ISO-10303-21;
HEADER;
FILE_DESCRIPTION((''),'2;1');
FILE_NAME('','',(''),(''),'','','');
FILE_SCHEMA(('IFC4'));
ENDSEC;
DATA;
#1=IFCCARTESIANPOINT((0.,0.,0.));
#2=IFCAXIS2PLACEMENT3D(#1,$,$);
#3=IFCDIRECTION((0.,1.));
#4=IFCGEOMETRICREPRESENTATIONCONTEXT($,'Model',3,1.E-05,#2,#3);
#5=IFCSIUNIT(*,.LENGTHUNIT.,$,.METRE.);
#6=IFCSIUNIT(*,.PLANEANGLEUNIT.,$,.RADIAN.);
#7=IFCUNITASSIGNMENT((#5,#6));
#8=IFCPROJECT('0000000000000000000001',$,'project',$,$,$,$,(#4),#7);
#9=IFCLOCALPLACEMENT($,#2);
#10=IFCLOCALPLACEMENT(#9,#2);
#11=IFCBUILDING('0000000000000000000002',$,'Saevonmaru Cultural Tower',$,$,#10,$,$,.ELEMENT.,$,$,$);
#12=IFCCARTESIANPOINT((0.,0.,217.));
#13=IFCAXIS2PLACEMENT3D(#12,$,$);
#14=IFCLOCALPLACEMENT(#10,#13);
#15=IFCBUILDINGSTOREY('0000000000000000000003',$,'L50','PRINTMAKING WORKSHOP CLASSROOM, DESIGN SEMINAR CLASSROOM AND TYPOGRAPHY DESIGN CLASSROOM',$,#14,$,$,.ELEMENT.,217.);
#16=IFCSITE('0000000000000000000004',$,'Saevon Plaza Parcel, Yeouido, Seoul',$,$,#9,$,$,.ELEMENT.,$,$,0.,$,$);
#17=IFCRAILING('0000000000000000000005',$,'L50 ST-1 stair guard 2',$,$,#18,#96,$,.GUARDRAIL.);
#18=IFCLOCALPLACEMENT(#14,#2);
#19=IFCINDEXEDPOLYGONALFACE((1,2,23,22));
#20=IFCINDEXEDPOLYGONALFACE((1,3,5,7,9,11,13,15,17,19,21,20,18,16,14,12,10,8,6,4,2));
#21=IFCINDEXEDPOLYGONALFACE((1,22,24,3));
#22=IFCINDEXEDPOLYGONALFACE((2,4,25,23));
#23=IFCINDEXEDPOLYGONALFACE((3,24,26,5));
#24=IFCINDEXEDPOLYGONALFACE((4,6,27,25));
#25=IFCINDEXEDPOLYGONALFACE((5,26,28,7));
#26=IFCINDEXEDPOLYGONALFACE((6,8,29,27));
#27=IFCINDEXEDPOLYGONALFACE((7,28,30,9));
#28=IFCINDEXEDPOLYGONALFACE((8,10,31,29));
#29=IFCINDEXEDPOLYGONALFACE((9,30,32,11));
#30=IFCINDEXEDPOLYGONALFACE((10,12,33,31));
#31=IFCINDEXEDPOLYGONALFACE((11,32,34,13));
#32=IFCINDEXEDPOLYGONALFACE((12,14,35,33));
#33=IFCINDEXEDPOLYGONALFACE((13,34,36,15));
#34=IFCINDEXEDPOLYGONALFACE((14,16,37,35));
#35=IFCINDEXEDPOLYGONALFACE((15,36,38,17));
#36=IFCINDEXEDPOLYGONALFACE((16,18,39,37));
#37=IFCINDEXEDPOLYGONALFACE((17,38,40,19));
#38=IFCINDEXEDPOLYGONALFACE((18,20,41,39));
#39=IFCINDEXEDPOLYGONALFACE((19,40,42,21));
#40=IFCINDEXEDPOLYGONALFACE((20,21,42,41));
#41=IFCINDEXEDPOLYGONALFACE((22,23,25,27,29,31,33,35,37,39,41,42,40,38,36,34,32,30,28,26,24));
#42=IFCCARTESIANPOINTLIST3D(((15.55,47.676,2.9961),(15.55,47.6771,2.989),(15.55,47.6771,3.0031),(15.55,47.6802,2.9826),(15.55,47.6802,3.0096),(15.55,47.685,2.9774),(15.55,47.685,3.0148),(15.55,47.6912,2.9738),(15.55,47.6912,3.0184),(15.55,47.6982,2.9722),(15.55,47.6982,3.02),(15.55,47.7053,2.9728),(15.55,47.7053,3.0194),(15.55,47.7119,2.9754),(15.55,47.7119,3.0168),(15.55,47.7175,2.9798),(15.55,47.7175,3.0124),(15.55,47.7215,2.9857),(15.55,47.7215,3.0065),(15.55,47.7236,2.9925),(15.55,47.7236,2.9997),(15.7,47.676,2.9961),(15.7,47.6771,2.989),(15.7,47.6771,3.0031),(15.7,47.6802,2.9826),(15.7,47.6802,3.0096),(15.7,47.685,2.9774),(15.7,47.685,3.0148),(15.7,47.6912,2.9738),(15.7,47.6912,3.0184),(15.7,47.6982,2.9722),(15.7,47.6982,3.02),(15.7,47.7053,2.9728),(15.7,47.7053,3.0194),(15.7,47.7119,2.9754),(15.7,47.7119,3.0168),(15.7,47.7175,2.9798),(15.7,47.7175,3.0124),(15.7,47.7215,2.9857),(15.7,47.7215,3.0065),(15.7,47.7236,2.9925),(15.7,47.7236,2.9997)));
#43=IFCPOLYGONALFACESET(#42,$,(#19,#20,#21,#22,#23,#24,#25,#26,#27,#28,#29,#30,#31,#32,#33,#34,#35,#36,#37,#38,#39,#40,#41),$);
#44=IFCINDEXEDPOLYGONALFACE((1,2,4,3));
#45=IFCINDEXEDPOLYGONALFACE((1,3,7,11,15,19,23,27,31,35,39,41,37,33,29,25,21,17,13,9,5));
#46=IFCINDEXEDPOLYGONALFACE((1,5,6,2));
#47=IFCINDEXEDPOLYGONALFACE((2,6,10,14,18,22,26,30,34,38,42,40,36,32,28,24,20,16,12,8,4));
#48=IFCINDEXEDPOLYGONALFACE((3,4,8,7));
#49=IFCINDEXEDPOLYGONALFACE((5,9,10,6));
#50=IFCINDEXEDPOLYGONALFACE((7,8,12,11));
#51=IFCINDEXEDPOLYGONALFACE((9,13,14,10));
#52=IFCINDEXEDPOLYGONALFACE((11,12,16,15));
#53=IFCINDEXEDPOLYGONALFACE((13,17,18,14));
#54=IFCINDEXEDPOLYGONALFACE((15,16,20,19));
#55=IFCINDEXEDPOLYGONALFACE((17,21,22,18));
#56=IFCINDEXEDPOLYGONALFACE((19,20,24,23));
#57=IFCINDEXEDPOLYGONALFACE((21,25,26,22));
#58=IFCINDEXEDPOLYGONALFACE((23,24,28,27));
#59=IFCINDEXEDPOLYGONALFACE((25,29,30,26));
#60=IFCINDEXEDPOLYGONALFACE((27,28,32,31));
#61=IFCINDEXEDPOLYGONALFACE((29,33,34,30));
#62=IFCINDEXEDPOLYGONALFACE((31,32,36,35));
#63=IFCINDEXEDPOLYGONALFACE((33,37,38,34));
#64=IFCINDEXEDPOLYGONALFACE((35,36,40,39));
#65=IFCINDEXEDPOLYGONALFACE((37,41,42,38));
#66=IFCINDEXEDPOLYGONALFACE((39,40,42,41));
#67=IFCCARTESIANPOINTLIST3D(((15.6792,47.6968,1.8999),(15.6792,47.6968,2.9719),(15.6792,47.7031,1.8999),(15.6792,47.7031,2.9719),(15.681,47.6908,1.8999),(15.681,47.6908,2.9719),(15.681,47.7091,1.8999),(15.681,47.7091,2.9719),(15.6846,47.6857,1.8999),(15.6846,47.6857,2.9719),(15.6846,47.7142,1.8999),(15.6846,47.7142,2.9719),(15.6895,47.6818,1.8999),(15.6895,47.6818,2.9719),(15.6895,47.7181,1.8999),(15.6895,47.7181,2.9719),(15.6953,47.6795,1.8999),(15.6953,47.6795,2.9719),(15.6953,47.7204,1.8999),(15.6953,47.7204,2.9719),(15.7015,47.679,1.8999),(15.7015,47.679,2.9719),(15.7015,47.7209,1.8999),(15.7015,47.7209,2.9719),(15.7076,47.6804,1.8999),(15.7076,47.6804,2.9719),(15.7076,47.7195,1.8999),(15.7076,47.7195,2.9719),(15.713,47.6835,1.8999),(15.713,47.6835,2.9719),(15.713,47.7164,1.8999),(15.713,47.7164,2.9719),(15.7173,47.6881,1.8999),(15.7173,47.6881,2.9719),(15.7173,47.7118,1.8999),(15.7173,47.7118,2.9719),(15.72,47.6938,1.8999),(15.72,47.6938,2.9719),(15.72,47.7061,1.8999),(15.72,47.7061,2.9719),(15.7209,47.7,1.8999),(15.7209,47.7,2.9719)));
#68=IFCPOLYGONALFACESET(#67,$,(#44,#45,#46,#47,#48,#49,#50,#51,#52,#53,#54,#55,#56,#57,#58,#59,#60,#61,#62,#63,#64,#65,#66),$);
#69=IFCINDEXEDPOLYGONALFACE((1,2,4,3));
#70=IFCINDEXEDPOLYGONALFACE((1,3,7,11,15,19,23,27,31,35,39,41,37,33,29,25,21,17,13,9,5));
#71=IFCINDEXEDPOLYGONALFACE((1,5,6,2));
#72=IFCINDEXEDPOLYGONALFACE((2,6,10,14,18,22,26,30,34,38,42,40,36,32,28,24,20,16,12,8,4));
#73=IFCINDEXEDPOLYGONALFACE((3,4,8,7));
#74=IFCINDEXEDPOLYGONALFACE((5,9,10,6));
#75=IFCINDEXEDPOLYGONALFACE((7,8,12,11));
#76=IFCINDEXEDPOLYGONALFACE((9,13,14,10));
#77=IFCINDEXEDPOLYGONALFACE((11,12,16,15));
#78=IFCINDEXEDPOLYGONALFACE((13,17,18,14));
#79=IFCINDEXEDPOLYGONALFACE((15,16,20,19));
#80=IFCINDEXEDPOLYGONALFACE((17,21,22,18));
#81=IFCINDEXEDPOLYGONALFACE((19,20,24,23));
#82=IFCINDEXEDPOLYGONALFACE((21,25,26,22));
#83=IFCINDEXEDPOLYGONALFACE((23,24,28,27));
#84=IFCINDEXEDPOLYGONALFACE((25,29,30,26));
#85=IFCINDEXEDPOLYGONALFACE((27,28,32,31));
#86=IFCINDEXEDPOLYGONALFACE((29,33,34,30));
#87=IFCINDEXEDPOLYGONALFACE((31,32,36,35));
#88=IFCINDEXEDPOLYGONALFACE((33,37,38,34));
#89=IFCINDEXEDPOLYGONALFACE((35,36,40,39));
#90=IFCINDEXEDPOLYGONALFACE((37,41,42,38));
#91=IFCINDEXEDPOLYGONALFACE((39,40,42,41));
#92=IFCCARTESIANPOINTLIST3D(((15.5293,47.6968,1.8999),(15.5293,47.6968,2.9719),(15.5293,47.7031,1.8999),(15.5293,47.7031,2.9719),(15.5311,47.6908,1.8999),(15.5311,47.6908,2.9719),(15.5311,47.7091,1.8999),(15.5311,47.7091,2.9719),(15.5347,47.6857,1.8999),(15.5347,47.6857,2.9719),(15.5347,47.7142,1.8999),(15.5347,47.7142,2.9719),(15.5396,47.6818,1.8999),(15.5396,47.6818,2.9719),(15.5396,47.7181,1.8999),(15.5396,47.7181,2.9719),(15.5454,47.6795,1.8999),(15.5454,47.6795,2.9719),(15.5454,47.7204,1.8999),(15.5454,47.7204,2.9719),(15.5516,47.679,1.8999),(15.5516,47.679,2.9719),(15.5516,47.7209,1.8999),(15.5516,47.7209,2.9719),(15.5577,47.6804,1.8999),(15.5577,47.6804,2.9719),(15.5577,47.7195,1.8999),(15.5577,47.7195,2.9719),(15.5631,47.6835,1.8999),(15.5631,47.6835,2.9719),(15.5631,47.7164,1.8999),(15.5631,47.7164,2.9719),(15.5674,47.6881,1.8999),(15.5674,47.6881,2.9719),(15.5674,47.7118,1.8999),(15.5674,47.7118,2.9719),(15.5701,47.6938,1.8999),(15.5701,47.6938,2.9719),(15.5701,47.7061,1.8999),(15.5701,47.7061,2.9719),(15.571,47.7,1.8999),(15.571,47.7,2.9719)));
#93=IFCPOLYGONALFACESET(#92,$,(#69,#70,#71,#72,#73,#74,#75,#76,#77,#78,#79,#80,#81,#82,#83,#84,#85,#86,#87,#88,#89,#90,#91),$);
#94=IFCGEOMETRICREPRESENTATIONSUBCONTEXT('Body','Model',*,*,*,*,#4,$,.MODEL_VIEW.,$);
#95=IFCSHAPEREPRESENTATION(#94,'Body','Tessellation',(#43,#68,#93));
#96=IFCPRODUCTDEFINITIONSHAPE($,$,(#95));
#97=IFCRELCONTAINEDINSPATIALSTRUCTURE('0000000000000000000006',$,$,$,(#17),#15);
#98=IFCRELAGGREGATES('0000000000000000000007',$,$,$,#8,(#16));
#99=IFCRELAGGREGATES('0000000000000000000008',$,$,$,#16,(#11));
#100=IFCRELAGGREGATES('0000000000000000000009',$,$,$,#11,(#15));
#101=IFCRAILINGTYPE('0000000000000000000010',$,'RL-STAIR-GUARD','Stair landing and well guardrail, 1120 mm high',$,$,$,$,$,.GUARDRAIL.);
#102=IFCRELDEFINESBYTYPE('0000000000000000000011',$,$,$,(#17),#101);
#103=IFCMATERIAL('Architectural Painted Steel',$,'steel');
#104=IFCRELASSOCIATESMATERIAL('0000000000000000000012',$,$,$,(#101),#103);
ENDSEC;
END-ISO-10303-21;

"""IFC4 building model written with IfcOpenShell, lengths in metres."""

from ifc_helpers import new_model, si_unit, direction, frame, origin, origin_2d, place, context, subcontext, project, spatial, circle, extrude, material, type_object, element, save


model = new_model("IFC4")

# Units and contexts
model_context = context("Model", 3, precision=1e-05, world=origin(), true_north=direction((0.0, 1.0)))
body_context = subcontext(model_context, "Body", "Model", "MODEL_VIEW")
ifc_project = project(units=[si_unit("LENGTHUNIT", "METRE"), si_unit("PLANEANGLEUNIT", "RADIAN")], contexts=[model_context])

# Site, building, storey
site_placement = place(None, origin())
site = spatial("IfcSite", under=ifc_project, at=site_placement, Name="Saevon Plaza Parcel, Yeouido, Seoul", CompositionType="ELEMENT", RefElevation=0.0)
building_placement = place(site_placement, origin())
building = spatial("IfcBuilding", under=site, at=building_placement, Name="Saevonmaru Cultural Tower", CompositionType="ELEMENT")
storey_placement = place(building_placement, frame((0.0, 0.0, 217.0)))
storey = spatial("IfcBuildingStorey", under=building, at=storey_placement, Name="L50", Description="PRINTMAKING WORKSHOP CLASSROOM, DESIGN SEMINAR CLASSROOM AND TYPOGRAPHY DESIGN CLASSROOM", CompositionType="ELEMENT", Elevation=217.0)

# Railing
ifc_material_1 = material(Name="Architectural Painted Steel", Category="steel")
railing_type_1 = type_object("IfcRailingType", Name="RL-STAIR-GUARD", Description="Stair landing and well guardrail, 1120 mm high", PredefinedType="GUARDRAIL", material=ifc_material_1)
railing_1_placement = place(storey_placement, frame((15.7, 47.7, 1.8999)))
element("IfcRailing", 1, at=railing_1_placement, inside=storey, type_object=railing_type_1, Name="L50 ST-1 stair guard 2", PredefinedType="GUARDRAIL", context=body_context, shape_type="SweptSolid", body=[
    extrude(circle(Radius=0.0239, at=origin_2d()), frame((0.0, 0.0, 1.0962), z_axis=(-1.0, 0.0, 0.0), x_axis=(0.0, -1.0, 0.0)), (0.0, 0.0, 1.0), 0.1499),
    extrude(circle(Radius=0.021, at=origin_2d()), origin(), (0.0, 0.0, 1.0), 1.072),
    extrude(circle(Radius=0.021, at=origin_2d()), frame((-0.1499, 0.0, 0.0)), (0.0, 0.0, 1.0), 1.072),
])

save(model, "model.ifc")
